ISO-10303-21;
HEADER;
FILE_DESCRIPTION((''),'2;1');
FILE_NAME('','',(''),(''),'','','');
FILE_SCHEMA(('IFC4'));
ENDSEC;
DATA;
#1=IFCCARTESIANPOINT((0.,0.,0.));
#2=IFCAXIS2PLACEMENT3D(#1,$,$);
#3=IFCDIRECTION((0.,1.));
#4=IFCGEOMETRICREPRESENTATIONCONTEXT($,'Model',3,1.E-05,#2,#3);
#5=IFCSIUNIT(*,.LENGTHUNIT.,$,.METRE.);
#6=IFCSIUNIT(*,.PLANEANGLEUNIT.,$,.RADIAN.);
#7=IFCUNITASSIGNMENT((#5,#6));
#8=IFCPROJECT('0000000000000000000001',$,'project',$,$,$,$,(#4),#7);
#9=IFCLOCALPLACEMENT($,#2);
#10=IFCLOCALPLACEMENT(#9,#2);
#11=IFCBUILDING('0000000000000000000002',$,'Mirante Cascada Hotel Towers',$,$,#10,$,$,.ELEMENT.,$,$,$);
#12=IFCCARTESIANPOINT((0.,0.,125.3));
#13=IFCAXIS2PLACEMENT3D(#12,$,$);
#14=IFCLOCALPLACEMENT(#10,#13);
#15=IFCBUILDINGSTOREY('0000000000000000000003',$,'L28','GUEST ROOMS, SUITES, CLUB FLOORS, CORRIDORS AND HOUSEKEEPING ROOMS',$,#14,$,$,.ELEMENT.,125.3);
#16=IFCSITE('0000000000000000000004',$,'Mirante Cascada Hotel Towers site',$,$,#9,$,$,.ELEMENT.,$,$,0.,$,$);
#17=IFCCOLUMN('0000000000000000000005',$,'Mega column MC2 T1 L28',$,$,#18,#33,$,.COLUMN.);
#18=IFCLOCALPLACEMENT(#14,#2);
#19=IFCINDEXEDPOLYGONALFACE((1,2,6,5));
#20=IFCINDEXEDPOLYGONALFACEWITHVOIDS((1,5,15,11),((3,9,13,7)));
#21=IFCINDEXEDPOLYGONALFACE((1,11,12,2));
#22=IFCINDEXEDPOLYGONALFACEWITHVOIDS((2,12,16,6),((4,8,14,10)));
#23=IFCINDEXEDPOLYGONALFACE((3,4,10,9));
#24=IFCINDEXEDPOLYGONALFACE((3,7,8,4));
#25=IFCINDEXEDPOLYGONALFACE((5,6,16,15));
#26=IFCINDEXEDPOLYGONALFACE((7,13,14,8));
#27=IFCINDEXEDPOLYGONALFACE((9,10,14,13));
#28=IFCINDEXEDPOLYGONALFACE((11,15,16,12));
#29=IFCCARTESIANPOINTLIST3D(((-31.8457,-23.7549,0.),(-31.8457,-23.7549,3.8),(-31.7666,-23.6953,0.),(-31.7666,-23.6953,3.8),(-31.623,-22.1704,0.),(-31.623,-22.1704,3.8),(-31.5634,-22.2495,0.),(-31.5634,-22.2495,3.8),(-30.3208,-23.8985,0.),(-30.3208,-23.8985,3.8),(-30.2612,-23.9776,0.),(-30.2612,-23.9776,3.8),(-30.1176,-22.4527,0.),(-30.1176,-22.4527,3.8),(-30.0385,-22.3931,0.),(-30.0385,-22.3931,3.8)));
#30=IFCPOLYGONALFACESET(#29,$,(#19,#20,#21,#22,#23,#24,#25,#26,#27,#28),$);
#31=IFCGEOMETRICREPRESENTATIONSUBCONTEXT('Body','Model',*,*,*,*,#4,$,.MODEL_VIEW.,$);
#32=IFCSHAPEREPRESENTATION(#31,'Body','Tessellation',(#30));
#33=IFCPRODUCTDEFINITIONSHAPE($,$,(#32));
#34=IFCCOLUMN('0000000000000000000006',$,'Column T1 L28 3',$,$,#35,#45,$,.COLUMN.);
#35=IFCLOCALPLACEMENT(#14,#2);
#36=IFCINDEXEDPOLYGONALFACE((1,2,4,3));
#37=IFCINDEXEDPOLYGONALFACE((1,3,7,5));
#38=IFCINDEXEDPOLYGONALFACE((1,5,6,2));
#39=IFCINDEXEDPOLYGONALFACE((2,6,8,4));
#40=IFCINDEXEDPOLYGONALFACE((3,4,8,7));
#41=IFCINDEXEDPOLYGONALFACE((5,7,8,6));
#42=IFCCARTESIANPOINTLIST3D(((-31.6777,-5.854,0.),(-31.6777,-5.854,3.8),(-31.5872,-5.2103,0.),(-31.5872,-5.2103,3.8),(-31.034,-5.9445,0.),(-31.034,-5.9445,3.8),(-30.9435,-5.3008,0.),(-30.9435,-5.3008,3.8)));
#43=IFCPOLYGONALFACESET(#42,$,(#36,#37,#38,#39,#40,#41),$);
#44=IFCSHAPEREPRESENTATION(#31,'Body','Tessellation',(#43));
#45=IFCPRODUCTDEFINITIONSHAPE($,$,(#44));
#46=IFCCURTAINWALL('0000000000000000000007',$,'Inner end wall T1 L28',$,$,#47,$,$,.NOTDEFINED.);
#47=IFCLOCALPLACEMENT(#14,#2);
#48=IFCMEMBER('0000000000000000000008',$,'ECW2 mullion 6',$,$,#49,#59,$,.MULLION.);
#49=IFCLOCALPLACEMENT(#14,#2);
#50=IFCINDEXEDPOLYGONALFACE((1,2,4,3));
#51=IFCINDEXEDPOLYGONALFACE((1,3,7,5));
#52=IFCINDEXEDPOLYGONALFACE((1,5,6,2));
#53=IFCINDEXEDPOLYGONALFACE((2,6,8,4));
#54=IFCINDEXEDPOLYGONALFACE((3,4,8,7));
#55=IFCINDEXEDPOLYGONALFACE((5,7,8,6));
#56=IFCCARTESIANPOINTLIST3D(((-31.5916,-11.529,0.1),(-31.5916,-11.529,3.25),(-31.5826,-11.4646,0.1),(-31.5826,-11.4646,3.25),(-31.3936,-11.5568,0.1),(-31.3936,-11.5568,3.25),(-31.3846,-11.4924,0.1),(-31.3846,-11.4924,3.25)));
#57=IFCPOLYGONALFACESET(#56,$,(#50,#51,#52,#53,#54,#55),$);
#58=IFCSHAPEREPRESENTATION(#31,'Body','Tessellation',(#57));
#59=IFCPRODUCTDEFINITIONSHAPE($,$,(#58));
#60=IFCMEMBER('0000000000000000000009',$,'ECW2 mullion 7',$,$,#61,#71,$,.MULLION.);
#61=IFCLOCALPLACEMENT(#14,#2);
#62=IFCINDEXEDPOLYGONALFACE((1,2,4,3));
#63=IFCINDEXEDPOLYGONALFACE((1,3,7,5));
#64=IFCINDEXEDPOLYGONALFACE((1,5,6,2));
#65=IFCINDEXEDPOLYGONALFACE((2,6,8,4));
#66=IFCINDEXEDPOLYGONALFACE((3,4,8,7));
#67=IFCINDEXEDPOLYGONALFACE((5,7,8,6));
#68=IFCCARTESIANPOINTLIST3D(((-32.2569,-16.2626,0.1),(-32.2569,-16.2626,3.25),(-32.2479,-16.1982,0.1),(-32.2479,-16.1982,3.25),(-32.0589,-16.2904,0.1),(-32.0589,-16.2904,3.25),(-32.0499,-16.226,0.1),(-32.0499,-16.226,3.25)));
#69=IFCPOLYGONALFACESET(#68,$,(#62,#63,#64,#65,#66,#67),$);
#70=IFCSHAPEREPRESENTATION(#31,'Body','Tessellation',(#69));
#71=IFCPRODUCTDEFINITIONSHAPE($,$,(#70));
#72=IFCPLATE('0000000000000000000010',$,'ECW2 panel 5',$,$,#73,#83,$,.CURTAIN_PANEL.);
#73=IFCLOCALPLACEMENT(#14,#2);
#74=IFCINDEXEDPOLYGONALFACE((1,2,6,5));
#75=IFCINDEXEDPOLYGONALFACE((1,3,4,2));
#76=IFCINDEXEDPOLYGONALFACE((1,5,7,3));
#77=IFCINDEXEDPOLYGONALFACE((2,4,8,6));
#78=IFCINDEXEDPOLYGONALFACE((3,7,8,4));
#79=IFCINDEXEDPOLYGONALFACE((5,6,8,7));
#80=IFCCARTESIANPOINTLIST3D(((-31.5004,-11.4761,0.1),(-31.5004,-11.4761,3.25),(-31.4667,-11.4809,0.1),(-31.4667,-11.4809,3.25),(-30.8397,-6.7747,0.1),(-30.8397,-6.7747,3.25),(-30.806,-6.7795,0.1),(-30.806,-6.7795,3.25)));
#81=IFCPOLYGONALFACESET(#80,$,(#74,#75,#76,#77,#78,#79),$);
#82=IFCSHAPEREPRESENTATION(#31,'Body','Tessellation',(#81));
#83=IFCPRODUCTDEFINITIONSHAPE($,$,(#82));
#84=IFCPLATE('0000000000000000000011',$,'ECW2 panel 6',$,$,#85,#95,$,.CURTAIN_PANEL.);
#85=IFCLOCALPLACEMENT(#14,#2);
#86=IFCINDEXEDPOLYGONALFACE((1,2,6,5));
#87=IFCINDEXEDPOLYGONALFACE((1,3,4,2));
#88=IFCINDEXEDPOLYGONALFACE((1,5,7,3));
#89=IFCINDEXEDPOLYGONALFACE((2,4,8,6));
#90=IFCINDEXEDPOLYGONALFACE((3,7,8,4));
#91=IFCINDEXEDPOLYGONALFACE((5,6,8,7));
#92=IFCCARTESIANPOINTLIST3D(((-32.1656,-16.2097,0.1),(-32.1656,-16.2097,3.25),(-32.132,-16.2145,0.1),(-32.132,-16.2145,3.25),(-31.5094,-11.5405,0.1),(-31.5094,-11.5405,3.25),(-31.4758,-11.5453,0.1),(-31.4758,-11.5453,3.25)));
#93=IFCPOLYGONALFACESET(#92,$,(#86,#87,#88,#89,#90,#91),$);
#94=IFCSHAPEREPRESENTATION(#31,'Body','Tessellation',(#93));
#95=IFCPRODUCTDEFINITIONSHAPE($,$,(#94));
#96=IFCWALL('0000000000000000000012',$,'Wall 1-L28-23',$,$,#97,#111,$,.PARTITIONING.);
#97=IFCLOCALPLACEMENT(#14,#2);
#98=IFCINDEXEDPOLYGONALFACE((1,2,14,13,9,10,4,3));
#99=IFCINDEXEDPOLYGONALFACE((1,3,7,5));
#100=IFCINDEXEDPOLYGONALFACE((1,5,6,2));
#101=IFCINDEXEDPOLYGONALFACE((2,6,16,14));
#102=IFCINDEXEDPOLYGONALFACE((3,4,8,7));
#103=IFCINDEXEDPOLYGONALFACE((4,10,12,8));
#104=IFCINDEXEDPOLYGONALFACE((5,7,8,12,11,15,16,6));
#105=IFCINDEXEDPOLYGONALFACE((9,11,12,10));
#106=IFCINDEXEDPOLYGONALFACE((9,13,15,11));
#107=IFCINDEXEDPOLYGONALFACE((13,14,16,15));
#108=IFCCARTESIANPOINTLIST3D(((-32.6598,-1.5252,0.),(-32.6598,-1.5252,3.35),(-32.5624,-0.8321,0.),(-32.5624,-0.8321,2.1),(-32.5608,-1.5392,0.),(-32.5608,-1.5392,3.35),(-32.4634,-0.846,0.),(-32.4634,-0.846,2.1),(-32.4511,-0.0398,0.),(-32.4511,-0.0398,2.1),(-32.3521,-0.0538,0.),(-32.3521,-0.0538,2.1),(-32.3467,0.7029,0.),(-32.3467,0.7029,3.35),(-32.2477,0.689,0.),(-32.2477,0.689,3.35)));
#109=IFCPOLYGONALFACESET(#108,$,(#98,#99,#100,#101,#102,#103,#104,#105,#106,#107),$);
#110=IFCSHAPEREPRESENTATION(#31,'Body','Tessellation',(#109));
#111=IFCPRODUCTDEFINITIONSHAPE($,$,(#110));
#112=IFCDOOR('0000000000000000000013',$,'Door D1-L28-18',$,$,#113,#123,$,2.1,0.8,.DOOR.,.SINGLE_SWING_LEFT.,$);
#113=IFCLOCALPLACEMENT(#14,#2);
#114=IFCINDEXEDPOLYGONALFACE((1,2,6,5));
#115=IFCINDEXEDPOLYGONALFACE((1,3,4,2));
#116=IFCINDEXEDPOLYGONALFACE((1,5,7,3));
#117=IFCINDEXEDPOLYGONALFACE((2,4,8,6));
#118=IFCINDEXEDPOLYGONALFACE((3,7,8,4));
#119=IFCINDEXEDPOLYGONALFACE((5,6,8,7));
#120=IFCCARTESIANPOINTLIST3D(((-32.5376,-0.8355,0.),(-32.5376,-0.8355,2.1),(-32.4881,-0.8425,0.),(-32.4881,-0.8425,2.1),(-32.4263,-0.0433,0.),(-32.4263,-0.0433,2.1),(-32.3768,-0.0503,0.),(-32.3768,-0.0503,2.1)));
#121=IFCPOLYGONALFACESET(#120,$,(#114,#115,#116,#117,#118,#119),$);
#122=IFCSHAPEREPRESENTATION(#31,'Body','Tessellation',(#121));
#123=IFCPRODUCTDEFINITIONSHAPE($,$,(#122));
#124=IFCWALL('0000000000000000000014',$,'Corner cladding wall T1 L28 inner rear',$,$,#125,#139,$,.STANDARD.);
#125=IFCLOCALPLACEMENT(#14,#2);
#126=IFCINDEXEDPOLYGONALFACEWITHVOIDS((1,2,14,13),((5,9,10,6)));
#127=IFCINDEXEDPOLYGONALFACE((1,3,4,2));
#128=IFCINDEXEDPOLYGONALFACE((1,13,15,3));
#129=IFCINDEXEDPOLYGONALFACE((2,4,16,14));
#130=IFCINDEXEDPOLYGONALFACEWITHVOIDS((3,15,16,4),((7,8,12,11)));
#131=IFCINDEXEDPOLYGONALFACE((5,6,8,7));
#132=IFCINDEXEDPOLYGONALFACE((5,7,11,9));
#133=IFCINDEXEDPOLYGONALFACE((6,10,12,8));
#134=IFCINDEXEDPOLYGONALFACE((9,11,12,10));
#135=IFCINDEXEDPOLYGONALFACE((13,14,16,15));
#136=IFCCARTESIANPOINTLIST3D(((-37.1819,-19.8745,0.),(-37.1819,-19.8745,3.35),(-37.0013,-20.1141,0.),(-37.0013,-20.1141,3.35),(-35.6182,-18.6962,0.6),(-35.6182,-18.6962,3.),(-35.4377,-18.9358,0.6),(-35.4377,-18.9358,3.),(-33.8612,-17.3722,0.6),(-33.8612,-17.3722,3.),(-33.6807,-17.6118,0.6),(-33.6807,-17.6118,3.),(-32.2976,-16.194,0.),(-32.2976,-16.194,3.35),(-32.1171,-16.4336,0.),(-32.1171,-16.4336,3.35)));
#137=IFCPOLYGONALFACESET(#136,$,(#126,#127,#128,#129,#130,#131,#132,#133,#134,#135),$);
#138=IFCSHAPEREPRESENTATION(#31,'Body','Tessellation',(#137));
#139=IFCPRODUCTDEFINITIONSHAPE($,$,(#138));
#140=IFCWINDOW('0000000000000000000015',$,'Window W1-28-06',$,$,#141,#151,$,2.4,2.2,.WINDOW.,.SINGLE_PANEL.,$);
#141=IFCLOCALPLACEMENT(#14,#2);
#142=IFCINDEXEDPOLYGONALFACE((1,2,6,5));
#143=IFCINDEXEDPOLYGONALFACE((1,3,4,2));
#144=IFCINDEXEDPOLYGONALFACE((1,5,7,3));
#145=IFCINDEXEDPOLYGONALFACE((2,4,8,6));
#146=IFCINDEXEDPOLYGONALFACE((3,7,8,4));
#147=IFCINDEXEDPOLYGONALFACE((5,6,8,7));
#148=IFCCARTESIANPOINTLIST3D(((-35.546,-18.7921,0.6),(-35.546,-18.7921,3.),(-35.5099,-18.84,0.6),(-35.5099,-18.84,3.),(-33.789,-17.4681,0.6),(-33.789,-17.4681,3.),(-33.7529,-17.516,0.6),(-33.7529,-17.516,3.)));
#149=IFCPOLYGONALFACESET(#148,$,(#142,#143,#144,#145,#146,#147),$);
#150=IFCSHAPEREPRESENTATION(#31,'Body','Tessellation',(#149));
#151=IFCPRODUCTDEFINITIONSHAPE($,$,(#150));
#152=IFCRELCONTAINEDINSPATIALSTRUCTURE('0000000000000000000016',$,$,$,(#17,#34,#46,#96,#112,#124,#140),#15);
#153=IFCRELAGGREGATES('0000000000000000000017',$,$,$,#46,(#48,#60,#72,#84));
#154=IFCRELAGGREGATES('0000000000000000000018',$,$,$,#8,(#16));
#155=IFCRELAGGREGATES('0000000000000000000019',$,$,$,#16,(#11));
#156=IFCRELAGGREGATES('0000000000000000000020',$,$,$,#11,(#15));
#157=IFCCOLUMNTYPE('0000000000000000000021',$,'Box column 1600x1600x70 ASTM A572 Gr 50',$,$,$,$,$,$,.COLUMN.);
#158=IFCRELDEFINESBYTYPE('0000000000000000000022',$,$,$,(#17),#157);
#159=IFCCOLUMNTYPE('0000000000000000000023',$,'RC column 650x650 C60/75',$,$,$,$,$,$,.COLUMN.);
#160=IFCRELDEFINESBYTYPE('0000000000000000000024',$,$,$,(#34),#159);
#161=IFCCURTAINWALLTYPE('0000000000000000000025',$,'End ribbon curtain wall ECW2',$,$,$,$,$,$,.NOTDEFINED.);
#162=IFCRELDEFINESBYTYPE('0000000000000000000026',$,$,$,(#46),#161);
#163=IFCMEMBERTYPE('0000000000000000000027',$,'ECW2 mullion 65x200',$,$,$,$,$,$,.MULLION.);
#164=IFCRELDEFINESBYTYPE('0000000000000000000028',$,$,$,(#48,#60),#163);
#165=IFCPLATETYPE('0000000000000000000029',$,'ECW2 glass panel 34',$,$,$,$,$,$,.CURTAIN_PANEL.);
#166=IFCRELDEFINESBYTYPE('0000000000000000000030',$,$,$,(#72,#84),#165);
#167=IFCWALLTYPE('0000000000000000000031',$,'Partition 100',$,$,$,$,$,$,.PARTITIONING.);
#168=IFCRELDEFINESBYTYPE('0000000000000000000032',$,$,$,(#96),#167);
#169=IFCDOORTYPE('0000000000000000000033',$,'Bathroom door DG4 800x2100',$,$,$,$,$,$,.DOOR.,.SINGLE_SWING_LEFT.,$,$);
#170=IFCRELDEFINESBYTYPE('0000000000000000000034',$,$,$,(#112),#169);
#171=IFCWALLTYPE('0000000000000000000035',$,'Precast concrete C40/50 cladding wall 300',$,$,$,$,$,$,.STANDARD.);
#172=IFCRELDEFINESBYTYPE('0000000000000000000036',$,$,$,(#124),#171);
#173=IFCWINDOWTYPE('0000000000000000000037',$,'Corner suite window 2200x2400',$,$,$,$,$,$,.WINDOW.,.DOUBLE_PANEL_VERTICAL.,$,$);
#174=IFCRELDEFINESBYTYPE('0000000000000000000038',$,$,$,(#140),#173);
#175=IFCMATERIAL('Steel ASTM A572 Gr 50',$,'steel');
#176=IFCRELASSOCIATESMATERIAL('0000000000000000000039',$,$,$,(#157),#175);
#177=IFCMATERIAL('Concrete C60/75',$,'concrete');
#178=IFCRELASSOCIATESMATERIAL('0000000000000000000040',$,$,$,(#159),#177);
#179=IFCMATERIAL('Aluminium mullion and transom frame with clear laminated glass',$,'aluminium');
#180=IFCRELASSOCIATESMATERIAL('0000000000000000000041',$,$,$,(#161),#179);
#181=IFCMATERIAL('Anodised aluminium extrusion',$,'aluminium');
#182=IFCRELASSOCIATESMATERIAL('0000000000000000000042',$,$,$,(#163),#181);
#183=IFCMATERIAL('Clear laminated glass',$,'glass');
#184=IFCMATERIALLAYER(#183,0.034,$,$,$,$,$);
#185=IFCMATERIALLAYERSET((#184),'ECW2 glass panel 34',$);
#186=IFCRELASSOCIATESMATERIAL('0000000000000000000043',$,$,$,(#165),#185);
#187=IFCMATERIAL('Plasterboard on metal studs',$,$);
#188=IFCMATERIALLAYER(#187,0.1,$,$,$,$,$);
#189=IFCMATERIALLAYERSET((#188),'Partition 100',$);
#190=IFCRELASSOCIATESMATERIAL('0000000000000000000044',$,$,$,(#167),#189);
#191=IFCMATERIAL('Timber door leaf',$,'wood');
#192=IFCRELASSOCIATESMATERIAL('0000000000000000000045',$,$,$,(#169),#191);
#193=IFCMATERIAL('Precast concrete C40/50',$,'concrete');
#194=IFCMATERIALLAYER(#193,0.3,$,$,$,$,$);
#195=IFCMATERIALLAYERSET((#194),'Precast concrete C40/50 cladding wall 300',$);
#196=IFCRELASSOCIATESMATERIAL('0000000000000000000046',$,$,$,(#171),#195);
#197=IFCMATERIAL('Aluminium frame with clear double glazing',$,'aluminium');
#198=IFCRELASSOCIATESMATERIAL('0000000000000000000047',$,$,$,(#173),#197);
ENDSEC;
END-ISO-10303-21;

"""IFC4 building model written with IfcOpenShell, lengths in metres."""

from ifc_helpers import new_model, si_unit, direction, frame, frame_2d, origin, origin_2d, place, context, subcontext, project, spatial, rectangle, hollow_rectangle, extrude, material, layer, layer_set, material_profile, profile_set, type_object, element, fill, aggregate, save


model = new_model("IFC4")

# Units and contexts
model_context = context("Model", 3, precision=1e-05, world=origin(), true_north=direction((0.0, 1.0)))
body_context = subcontext(model_context, "Body", "Model", "MODEL_VIEW")
ifc_project = project(units=[si_unit("LENGTHUNIT", "METRE"), si_unit("PLANEANGLEUNIT", "RADIAN")], contexts=[model_context])

# Site, building, storey
site_placement = place(None, origin())
site = spatial("IfcSite", under=ifc_project, at=site_placement, Name="Mirante Cascada Hotel Towers site", CompositionType="ELEMENT", RefElevation=0.0)
building_placement = place(site_placement, origin())
building = spatial("IfcBuilding", under=site, at=building_placement, Name="Mirante Cascada Hotel Towers", CompositionType="ELEMENT")
storey_placement = place(building_placement, frame((0.0, 0.0, 125.3)))
storey = spatial("IfcBuildingStorey", under=building, at=storey_placement, Name="L28", Description="GUEST ROOMS, SUITES, CLUB FLOORS, CORRIDORS AND HOUSEKEEPING ROOMS", CompositionType="ELEMENT", Elevation=125.3)

# Columns
ifc_material_1 = material(Name="Steel ASTM A572 Gr 50", Category="steel")
ifc_material_profile_1 = material_profile(ifc_material_1, hollow_rectangle(XDim=1.6, YDim=1.6, WallThickness=0.07, at=origin_2d()), Name="Box column 1600x1600x70 ASTM A572 Gr 50")
ifc_profile_set_1 = profile_set([ifc_material_profile_1], Name="Steel ASTM A572 Gr 50")
column_type_1 = type_object("IfcColumnType", Name="Box column 1600x1600x70 ASTM A572 Gr 50", PredefinedType="COLUMN", material=ifc_profile_set_1)
column_1_placement = place(storey_placement, frame((-30.9421, -23.074, 0.0), z_axis=(0.0, 0.0, 1.0), x_axis=(-0.990268, 0.139173, 0.0)))
element("IfcColumn", 1, at=column_1_placement, inside=storey, type_object=column_type_1, Name="Mega column MC2 T1 L28", PredefinedType="COLUMN", context=body_context, shape_type="SweptSolid", body=[
    extrude(hollow_rectangle(XDim=1.6, YDim=1.6, WallThickness=0.07, at=origin_2d()), origin(), (0.0, 0.0, 1.0), 3.8),
])
ifc_material_2 = material(Name="Concrete C60/75", Category="concrete")
ifc_material_profile_2 = material_profile(ifc_material_2, rectangle(XDim=0.65, YDim=0.65, at=origin_2d()), Name="RC column 650x650 C60/75")
ifc_profile_set_2 = profile_set([ifc_material_profile_2], Name="Concrete C60/75")
column_type_2 = type_object("IfcColumnType", Name="RC column 650x650 C60/75", PredefinedType="COLUMN", material=ifc_profile_set_2)
column_2_placement = place(storey_placement, frame((-31.3106, -5.5774, 0.0), z_axis=(0.0, 0.0, 1.0), x_axis=(-0.990268, 0.139173, 0.0)))
element("IfcColumn", 2, at=column_2_placement, inside=storey, type_object=column_type_2, Name="Column T1 L28 3", PredefinedType="COLUMN", context=body_context, shape_type="SweptSolid", body=[
    extrude(rectangle(XDim=0.65, YDim=0.65, at=origin_2d()), origin(), (0.0, 0.0, 1.0), 3.8),
])

# Curtain wall, members, plates
ifc_material_3 = material(Name="Aluminium mullion and transom frame with clear laminated glass", Category="aluminium")
curtain_wall_type = type_object("IfcCurtainWallType", Name="End ribbon curtain wall ECW2", PredefinedType="NOTDEFINED", material=ifc_material_3)
curtain_wall_placement = place(storey_placement, origin())
curtain_wall = element("IfcCurtainWall", 3, at=curtain_wall_placement, inside=storey, type_object=curtain_wall_type, Name="Inner end wall T1 L28", PredefinedType="NOTDEFINED")
ifc_material_4 = material(Name="Anodised aluminium extrusion", Category="aluminium")
ifc_material_profile_3 = material_profile(ifc_material_4, rectangle(XDim=0.2, YDim=0.065, at=origin_2d()), Name="ECW2 MULLION 65x200")
ifc_profile_set_3 = profile_set([ifc_material_profile_3], Name="Anodised aluminium extrusion")
member_type = type_object("IfcMemberType", Name="ECW2 mullion 65x200", PredefinedType="MULLION", material=ifc_profile_set_3)
member_1_placement = place(storey_placement, frame((-31.4881, -11.5107, 0.1), z_axis=(0.0, 0.0, 1.0), x_axis=(0.990268, -0.139173, 0.0)))
member_1 = element("IfcMember", 4, at=member_1_placement, type_object=member_type, Name="ECW2 mullion 6", PredefinedType="MULLION", context=body_context, shape_type="SweptSolid", body=[
    extrude(rectangle(XDim=0.2, YDim=0.065, at=origin_2d()), origin(), (0.0, 0.0, 1.0), 3.15),
])
member_2_placement = place(storey_placement, frame((-32.1534, -16.2443, 0.1), z_axis=(0.0, 0.0, 1.0), x_axis=(0.990268, -0.139173, 0.0)))
member_2 = element("IfcMember", 5, at=member_2_placement, type_object=member_type, Name="ECW2 mullion 7", PredefinedType="MULLION", context=body_context, shape_type="SweptSolid", body=[
    extrude(rectangle(XDim=0.2, YDim=0.065, at=origin_2d()), origin(), (0.0, 0.0, 1.0), 3.15),
])
ifc_material_5 = material(Name="Clear laminated glass", Category="glass")
ifc_layer_1 = layer(ifc_material_5, 0.034)
ifc_layer_set_1 = layer_set([ifc_layer_1], Name="ECW2 glass panel 34")
plate_type = type_object("IfcPlateType", Name="ECW2 glass panel 34", PredefinedType="CURTAIN_PANEL", material=ifc_layer_set_1)
plate_1_placement = place(storey_placement, frame((-31.1532, -9.1278, 0.1), z_axis=(0.0, 0.0, 1.0), x_axis=(-0.139173, -0.990268, 0.0)))
plate_1 = element("IfcPlate", 6, at=plate_1_placement, type_object=plate_type, Name="ECW2 panel 5", PredefinedType="CURTAIN_PANEL", context=body_context, shape_type="SweptSolid", body=[
    extrude(rectangle(XDim=4.7476, YDim=0.034, at=origin_2d()), origin(), (0.0, 0.0, 1.0), 3.15),
])
plate_2_placement = place(storey_placement, frame((-31.8207, -13.8775, 0.1), z_axis=(0.0, 0.0, 1.0), x_axis=(-0.139173, -0.990268, 0.0)))
plate_2 = element("IfcPlate", 7, at=plate_2_placement, type_object=plate_type, Name="ECW2 panel 6", PredefinedType="CURTAIN_PANEL", context=body_context, shape_type="SweptSolid", body=[
    extrude(rectangle(XDim=4.7151, YDim=0.034, at=origin_2d()), origin(), (0.0, 0.0, 1.0), 3.15),
])
aggregate(curtain_wall, [member_1, member_2, plate_1, plate_2])

# Wall, opening, door
ifc_material_6 = material(Name="Plasterboard on metal studs")
ifc_layer_2 = layer(ifc_material_6, 0.1)
ifc_layer_set_2 = layer_set([ifc_layer_2], Name="Partition 100")
wall_type_1 = type_object("IfcWallType", Name="Partition 100", PredefinedType="PARTITIONING", material=ifc_layer_set_2)
wall_1_placement = place(storey_placement, frame((-32.6103, -1.5322, 0.0), z_axis=(0.0, 0.0, 1.0), x_axis=(0.139156, 0.990271, 0.0)))
wall_1 = element("IfcWall", 8, at=wall_1_placement, inside=storey, type_object=wall_type_1, Name="Wall 1-L28-23", PredefinedType="PARTITIONING", context=body_context, shape_type="SweptSolid", body=[
    extrude(rectangle(XDim=2.25, YDim=0.1, at=frame_2d((1.125, 0.0))), origin(), (0.0, 0.0, 1.0), 3.35),
])
opening_1_placement = place(wall_1_placement, frame((0.7, 0.0, 0.0)))
opening_1 = element("IfcOpeningElement", 9, at=opening_1_placement, cuts=wall_1, PredefinedType="OPENING", context=body_context, shape_type="SweptSolid", body=[
    extrude(rectangle(XDim=0.8, YDim=2.1, at=frame_2d((0.4, 1.05))), frame((0.0, 0.05, 0.0), z_axis=(0.0, -1.0, 0.0), x_axis=(1.0, 0.0, 0.0)), (0.0, 0.0, 1.0), 0.1),
])
ifc_material_7 = material(Name="Timber door leaf", Category="wood")
door_type = type_object("IfcDoorType", Name="Bathroom door DG4 800x2100", OperationType="SINGLE_SWING_LEFT", PredefinedType="DOOR", material=ifc_material_7)
door_placement = place(opening_1_placement, origin())
door = element("IfcDoor", 10, at=door_placement, inside=storey, type_object=door_type, Name="Door D1-L28-18", OperationType="SINGLE_SWING_LEFT", OverallHeight=2.1, OverallWidth=0.8, PredefinedType="DOOR", context=body_context, shape_type="SweptSolid", body=[
    extrude(rectangle(XDim=0.8, YDim=2.1, at=frame_2d((0.4, 1.05))), frame((0.0, 0.025, 0.0), z_axis=(0.0, -1.0, 0.0), x_axis=(1.0, 0.0, 0.0)), (0.0, 0.0, 1.0), 0.05),
])
fill(opening_1, door)

# Wall, opening, window
ifc_material_8 = material(Name="Precast concrete C40/50", Category="concrete")
ifc_layer_3 = layer(ifc_material_8, 0.3)
ifc_layer_set_3 = layer_set([ifc_layer_3], Name="Precast concrete C40/50 cladding wall 300")
wall_type_2 = type_object("IfcWallType", Name="Precast concrete C40/50 cladding wall 300", PredefinedType="STANDARD", material=ifc_layer_set_3)
wall_2_placement = place(storey_placement, frame((-32.2074, -16.3138, 0.0), z_axis=(0.0, 0.0, 1.0), x_axis=(-0.798636, -0.601814, 0.0)))
wall_2 = element("IfcWall", 11, at=wall_2_placement, inside=storey, type_object=wall_type_2, Name="Corner cladding wall T1 L28 inner rear", PredefinedType="STANDARD", context=body_context, shape_type="SweptSolid", body=[
    extrude(rectangle(XDim=6.1157, YDim=0.3, at=frame_2d((3.0578, 0.0))), origin(), (0.0, 0.0, 1.0), 3.35),
])
opening_2_placement = place(wall_2_placement, frame((1.9578, 0.0, 0.6)))
opening_2 = element("IfcOpeningElement", 12, at=opening_2_placement, cuts=wall_2, PredefinedType="OPENING", context=body_context, shape_type="SweptSolid", body=[
    extrude(rectangle(XDim=2.2, YDim=2.4, at=frame_2d((1.1, 1.2))), frame((0.0, 0.15, 0.0), z_axis=(0.0, -1.0, 0.0), x_axis=(1.0, 0.0, 0.0)), (0.0, 0.0, 1.0), 0.3),
])
ifc_material_9 = material(Name="Aluminium frame with clear double glazing", Category="aluminium")
window_type = type_object("IfcWindowType", Name="Corner suite window 2200x2400", PartitioningType="DOUBLE_PANEL_VERTICAL", PredefinedType="WINDOW", material=ifc_material_9)
window_placement = place(opening_2_placement, origin())
window = element("IfcWindow", 13, at=window_placement, inside=storey, type_object=window_type, Name="Window W1-28-06", OverallHeight=2.4, OverallWidth=2.2, PartitioningType="SINGLE_PANEL", PredefinedType="WINDOW", context=body_context, shape_type="SweptSolid", body=[
    extrude(rectangle(XDim=2.2, YDim=2.4, at=frame_2d((1.1, 1.2))), frame((0.0, 0.03, 0.0), z_axis=(0.0, -1.0, 0.0), x_axis=(1.0, 0.0, 0.0)), (0.0, 0.0, 1.0), 0.06),
])
fill(opening_2, window)

save(model, "model.ifc")
